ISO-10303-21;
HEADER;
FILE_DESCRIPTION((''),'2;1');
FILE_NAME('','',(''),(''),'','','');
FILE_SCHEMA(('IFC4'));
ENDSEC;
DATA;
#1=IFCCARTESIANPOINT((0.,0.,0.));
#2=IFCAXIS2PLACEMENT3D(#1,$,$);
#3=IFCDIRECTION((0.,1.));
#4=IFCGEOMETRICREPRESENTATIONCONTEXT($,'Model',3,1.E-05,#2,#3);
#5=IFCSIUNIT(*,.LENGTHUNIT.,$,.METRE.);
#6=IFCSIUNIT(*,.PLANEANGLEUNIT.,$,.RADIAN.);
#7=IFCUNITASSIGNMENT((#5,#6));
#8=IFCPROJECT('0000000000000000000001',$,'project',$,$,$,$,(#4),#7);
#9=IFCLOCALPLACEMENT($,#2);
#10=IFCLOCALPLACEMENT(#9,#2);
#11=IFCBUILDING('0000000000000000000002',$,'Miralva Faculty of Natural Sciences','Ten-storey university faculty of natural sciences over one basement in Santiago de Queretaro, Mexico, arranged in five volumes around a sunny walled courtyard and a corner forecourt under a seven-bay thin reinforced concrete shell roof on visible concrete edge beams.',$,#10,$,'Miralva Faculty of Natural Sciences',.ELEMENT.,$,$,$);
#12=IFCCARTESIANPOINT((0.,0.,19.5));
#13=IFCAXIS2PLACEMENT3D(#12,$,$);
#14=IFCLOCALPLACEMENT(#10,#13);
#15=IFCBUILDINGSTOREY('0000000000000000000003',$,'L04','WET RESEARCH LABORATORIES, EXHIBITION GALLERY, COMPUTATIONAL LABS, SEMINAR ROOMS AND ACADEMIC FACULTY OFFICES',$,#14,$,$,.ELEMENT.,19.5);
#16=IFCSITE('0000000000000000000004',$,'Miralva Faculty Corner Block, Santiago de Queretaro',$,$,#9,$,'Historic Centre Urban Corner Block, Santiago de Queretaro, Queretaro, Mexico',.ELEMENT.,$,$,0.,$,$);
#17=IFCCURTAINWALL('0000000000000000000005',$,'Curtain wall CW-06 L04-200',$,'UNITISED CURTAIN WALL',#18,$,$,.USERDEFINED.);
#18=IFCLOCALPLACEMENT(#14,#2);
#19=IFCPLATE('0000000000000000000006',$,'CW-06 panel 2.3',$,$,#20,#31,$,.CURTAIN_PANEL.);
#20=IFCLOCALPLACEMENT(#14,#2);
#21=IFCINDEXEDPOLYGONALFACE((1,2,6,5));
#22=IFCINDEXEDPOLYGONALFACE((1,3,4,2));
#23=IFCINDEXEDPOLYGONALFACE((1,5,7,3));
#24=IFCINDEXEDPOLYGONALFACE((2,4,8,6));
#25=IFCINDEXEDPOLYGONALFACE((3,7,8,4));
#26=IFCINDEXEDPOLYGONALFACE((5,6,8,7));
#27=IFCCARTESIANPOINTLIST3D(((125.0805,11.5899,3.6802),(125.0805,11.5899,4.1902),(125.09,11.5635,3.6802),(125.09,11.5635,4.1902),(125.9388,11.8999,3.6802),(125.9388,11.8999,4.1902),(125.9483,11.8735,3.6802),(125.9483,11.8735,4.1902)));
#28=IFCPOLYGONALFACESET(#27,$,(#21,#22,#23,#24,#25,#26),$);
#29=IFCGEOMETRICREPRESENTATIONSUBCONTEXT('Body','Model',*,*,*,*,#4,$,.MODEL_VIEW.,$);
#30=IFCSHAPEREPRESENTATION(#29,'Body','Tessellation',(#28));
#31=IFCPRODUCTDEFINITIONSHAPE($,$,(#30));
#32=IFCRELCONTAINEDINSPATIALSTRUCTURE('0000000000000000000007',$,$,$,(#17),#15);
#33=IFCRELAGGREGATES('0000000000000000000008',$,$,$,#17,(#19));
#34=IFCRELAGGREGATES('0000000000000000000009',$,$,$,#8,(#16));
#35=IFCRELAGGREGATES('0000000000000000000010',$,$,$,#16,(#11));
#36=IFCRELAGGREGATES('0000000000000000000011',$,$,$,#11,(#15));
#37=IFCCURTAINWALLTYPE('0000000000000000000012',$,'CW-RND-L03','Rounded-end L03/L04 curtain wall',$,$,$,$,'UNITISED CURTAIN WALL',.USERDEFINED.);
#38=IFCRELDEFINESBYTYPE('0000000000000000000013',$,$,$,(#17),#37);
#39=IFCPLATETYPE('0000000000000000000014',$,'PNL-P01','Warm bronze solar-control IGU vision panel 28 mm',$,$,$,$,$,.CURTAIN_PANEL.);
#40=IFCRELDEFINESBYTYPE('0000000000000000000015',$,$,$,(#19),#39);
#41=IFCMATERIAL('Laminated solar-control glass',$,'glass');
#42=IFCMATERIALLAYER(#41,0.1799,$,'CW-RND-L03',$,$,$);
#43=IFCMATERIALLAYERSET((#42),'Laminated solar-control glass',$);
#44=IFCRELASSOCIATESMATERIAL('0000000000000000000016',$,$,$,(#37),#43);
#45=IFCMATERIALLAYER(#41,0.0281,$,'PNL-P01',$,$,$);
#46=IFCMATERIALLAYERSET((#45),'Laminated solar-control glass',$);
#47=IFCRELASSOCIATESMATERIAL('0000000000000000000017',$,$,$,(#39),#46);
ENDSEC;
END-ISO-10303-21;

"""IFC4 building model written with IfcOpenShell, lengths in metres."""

from ifc_helpers import new_model, si_unit, direction, frame, origin, origin_2d, place, context, subcontext, project, spatial, rectangle, extrude, material, layer, layer_set, type_object, element, aggregate, save


model = new_model("IFC4")

# Units and contexts
model_context = context("Model", 3, precision=1e-05, world=origin(), true_north=direction((0.0, 1.0)))
body_context = subcontext(model_context, "Body", "Model", "MODEL_VIEW")
ifc_project = project(units=[si_unit("LENGTHUNIT", "METRE"), si_unit("PLANEANGLEUNIT", "RADIAN")], contexts=[model_context])

# Site, building, storey
site_placement = place(None, origin())
site = spatial("IfcSite", under=ifc_project, at=site_placement, Name="Miralva Faculty Corner Block, Santiago de Queretaro", LongName="Historic Centre Urban Corner Block, Santiago de Queretaro, Queretaro, Mexico", CompositionType="ELEMENT", RefElevation=0.0)
building_placement = place(site_placement, origin())
building = spatial("IfcBuilding", under=site, at=building_placement, Name="Miralva Faculty of Natural Sciences", Description="Ten-storey university faculty of natural sciences over one basement in Santiago de Queretaro, Mexico, arranged in five volumes around a sunny walled courtyard and a corner forecourt under a seven-bay thin reinforced concrete shell roof on visible concrete edge beams.", LongName="Miralva Faculty of Natural Sciences", CompositionType="ELEMENT")
storey_placement = place(building_placement, frame((0.0, 0.0, 19.5)))
storey = spatial("IfcBuildingStorey", under=building, at=storey_placement, Name="L04", Description="WET RESEARCH LABORATORIES, EXHIBITION GALLERY, COMPUTATIONAL LABS, SEMINAR ROOMS AND ACADEMIC FACULTY OFFICES", CompositionType="ELEMENT", Elevation=19.5)

# Curtain wall
ifc_material_1 = material(Name="Laminated solar-control glass", Category="glass")
ifc_layer_1 = layer(ifc_material_1, 0.1799, Name="CW-RND-L03")
ifc_layer_set_1 = layer_set([ifc_layer_1], Name="Laminated solar-control glass")
curtain_wall_type_1 = type_object("IfcCurtainWallType", Name="CW-RND-L03", Description="Rounded-end L03/L04 curtain wall", ElementType="UNITISED CURTAIN WALL", PredefinedType="USERDEFINED", material=ifc_layer_set_1)
curtain_wall_1_placement = place(storey_placement, origin())
curtain_wall_1 = element("IfcCurtainWall", 1, at=curtain_wall_1_placement, inside=storey, type_object=curtain_wall_type_1, Name="Curtain wall CW-06 L04-200", ObjectType="UNITISED CURTAIN WALL", PredefinedType="USERDEFINED")

# Plate
ifc_layer_2 = layer(ifc_material_1, 0.0281, Name="PNL-P01")
ifc_layer_set_2 = layer_set([ifc_layer_2], Name="Laminated solar-control glass")
plate_type = type_object("IfcPlateType", Name="PNL-P01", Description="Warm bronze solar-control IGU vision panel 28 mm", PredefinedType="CURTAIN_PANEL", material=ifc_layer_set_2)
plate_1_placement = place(storey_placement, frame((125.5144, 11.7317, 3.6802), z_axis=(0.0, 0.0, 1.0), x_axis=(0.940535, 0.339696, 0.0)))
plate_1 = element("IfcPlate", 2, at=plate_1_placement, type_object=plate_type, Name="CW-06 panel 2.3", PredefinedType="CURTAIN_PANEL", context=body_context, shape_type="SweptSolid", body=[
    extrude(rectangle(XDim=0.9126, YDim=0.0281, at=origin_2d()), origin(), (0.0, 0.0, 1.0), 0.51),
])
aggregate(curtain_wall_1, [plate_1])

save(model, "model.ifc")
